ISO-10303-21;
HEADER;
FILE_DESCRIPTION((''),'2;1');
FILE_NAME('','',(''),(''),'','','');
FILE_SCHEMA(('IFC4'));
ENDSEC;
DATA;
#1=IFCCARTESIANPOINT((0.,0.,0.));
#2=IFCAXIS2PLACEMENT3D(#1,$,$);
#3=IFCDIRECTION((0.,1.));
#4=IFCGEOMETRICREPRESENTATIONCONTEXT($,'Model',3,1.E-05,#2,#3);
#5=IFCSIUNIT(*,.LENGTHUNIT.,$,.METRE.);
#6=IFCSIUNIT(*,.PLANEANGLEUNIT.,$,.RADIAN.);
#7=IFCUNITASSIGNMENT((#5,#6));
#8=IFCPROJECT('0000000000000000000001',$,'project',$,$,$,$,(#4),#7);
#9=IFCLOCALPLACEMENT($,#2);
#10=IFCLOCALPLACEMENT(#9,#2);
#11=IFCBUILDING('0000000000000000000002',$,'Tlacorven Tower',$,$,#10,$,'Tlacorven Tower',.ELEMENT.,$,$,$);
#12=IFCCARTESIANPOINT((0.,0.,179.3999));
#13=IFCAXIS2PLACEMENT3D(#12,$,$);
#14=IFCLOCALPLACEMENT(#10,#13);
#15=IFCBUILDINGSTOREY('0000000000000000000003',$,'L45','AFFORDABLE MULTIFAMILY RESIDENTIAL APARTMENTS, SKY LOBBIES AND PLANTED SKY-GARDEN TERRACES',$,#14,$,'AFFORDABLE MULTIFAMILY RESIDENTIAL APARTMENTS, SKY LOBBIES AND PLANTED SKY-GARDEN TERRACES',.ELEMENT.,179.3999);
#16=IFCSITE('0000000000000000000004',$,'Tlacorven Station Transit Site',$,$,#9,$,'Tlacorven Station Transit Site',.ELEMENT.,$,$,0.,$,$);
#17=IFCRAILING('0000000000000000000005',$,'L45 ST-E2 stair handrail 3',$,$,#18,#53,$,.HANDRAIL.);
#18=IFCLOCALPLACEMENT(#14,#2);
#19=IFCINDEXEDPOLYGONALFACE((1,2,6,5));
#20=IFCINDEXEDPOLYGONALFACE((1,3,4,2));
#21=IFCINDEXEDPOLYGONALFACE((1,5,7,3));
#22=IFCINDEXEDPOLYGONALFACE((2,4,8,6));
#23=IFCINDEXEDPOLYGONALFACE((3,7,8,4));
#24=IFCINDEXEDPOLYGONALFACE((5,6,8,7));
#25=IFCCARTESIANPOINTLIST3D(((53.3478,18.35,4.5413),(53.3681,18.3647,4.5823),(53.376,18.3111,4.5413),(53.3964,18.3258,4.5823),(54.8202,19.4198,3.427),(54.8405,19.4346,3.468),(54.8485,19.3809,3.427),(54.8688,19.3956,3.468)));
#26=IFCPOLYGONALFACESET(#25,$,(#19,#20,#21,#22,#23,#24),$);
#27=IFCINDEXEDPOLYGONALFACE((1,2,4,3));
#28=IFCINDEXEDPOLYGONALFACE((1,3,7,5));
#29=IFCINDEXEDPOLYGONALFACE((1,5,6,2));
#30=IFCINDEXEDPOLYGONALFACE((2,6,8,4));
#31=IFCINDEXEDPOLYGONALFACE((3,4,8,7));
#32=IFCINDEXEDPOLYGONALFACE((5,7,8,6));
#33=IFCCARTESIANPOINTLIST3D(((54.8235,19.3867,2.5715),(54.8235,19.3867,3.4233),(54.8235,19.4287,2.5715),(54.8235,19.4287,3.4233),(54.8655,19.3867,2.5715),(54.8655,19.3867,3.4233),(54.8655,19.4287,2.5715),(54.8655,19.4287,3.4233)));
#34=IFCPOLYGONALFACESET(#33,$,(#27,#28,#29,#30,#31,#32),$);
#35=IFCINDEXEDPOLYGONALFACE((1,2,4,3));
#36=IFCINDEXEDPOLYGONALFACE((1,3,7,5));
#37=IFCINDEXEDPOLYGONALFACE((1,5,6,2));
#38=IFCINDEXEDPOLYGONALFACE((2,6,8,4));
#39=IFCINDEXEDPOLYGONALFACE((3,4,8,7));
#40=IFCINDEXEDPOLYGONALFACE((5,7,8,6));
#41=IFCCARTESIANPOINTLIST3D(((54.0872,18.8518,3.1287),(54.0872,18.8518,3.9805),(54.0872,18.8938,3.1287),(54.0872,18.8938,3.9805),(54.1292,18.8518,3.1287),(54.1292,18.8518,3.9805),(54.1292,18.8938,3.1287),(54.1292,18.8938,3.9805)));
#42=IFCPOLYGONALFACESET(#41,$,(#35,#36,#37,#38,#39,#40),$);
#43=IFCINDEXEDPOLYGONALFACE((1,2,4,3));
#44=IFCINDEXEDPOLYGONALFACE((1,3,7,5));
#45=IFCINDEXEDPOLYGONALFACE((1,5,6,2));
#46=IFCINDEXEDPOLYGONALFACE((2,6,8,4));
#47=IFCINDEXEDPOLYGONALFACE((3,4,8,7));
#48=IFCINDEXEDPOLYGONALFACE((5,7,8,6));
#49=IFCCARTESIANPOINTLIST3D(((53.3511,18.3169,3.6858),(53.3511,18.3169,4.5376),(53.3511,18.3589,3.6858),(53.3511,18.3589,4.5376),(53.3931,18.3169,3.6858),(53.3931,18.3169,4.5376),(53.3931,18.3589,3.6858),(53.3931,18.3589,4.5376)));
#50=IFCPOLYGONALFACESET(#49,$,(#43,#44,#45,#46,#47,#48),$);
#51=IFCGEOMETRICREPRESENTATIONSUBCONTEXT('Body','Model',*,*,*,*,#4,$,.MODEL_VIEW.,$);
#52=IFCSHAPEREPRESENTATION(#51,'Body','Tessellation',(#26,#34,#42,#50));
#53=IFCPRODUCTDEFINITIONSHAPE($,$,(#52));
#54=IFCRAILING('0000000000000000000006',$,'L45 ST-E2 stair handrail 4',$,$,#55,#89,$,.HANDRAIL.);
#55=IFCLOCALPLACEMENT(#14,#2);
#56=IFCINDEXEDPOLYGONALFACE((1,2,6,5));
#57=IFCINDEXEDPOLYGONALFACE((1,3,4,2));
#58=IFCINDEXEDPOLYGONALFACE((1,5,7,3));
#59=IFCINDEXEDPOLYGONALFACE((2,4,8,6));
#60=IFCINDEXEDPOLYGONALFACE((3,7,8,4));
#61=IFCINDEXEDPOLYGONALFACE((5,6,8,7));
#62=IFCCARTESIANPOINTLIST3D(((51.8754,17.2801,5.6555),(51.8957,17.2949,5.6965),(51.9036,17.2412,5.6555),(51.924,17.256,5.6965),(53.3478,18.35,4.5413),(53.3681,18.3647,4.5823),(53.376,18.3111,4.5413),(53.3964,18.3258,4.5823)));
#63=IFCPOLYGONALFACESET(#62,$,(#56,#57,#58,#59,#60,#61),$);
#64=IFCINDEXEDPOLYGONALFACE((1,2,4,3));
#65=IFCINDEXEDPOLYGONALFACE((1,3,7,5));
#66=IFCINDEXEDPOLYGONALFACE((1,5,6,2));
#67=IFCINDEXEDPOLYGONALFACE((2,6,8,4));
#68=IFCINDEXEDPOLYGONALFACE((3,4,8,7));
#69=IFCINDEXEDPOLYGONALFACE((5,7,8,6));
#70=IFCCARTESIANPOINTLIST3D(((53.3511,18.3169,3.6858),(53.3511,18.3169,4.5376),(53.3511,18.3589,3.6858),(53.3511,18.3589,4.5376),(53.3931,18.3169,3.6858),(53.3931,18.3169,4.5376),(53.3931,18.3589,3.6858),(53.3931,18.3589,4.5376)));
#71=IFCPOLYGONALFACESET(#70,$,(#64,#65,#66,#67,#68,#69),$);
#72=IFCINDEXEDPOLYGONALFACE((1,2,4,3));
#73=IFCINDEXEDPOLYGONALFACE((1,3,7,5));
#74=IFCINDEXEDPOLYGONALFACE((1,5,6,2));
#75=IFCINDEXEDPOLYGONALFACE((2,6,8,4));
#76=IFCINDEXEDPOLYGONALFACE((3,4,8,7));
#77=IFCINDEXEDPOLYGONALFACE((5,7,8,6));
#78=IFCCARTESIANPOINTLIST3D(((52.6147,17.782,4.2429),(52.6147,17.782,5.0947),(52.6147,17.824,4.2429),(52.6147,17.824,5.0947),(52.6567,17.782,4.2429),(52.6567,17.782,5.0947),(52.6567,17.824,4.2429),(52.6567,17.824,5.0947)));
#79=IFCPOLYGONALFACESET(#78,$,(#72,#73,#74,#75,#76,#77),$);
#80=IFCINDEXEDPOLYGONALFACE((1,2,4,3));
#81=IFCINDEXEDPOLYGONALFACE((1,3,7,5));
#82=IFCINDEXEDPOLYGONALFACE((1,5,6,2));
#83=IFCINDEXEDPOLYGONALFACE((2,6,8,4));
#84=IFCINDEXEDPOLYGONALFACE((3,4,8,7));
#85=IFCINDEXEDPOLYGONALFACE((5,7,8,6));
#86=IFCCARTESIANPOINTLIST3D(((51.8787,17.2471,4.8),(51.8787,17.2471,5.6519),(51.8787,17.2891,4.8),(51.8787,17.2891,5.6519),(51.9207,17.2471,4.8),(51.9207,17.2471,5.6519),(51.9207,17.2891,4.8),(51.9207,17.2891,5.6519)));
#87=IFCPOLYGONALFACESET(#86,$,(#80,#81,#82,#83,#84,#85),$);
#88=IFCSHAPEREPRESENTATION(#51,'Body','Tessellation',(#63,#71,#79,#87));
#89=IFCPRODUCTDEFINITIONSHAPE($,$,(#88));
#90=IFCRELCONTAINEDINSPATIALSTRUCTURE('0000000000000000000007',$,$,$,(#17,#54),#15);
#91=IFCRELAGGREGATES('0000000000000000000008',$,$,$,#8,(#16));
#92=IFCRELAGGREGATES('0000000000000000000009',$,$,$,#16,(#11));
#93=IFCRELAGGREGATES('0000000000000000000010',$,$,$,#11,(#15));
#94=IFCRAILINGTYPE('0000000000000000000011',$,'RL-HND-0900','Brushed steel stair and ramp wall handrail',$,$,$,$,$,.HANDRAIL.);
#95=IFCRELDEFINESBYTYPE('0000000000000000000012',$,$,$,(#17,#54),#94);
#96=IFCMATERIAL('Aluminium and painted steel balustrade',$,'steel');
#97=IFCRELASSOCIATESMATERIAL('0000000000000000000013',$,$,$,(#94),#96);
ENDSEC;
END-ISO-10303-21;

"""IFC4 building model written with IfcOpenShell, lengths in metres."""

from ifc_helpers import new_model, si_unit, direction, frame, origin, origin_2d, place, context, subcontext, project, spatial, rectangle, extrude, source, transform, mapped, material, type_object, element, save


model = new_model("IFC4")

# Units and contexts
model_context = context("Model", 3, precision=1e-05, world=origin(), true_north=direction((0.0, 1.0)))
body_context = subcontext(model_context, "Body", "Model", "MODEL_VIEW")
ifc_project = project(units=[si_unit("LENGTHUNIT", "METRE"), si_unit("PLANEANGLEUNIT", "RADIAN")], contexts=[model_context])

# Site, building, storey
site_placement = place(None, origin())
site = spatial("IfcSite", under=ifc_project, at=site_placement, Name="Tlacorven Station Transit Site", LongName="Tlacorven Station Transit Site", CompositionType="ELEMENT", RefElevation=0.0)
building_placement = place(site_placement, origin())
building = spatial("IfcBuilding", under=site, at=building_placement, Name="Tlacorven Tower", LongName="Tlacorven Tower", CompositionType="ELEMENT")
storey_placement = place(building_placement, frame((0.0, 0.0, 179.3999)))
storey = spatial("IfcBuildingStorey", under=building, at=storey_placement, Name="L45", Description="AFFORDABLE MULTIFAMILY RESIDENTIAL APARTMENTS, SKY LOBBIES AND PLANTED SKY-GARDEN TERRACES", LongName="AFFORDABLE MULTIFAMILY RESIDENTIAL APARTMENTS, SKY LOBBIES AND PLANTED SKY-GARDEN TERRACES", CompositionType="ELEMENT", Elevation=179.3999)

# Railings
ifc_material_1 = material(Name="Aluminium and painted steel balustrade", Category="steel")
railing_type_1 = type_object("IfcRailingType", Name="RL-HND-0900", Description="Brushed steel stair and ramp wall handrail", PredefinedType="HANDRAIL", material=ifc_material_1)
shared_shape_1 = source(origin(), body_context, "Body", "SweptSolid", [
    extrude(rectangle(XDim=0.0481, YDim=0.0481, at=origin_2d()), frame((0.0, 0.0, 0.876), z_axis=(-0.689967, -0.501316, 0.522137), x_axis=(0.587805, -0.809003, 0.0)), (0.0, 0.0, 1.0), 2.134),
    extrude(rectangle(XDim=0.042, YDim=0.042, at=origin_2d()), origin(), (0.0, 0.0, 1.0), 0.8518),
    extrude(rectangle(XDim=0.042, YDim=0.042, at=origin_2d()), frame((-0.7363, -0.5349, 0.5571)), (0.0, 0.0, 1.0), 0.8518),
    extrude(rectangle(XDim=0.042, YDim=0.042, at=origin_2d()), frame((-1.4724, -1.0698, 1.1143)), (0.0, 0.0, 1.0), 0.8518),
])
for number, where, name in (
    (1, (54.8445, 19.4077, 2.5715), "L45 ST-E2 stair handrail 3"),
    (2, (53.3721, 18.3379, 3.6858), "L45 ST-E2 stair handrail 4"),
):
    element("IfcRailing", number, at=place(storey_placement, frame(where)), inside=storey, type_object=railing_type_1, Name=name, PredefinedType="HANDRAIL", context=body_context, shape_type="MappedRepresentation", body=[
        mapped(shared_shape_1, transform((0.0, 0.0, 0.0), scale=1.0)),
    ])

save(model, "model.ifc")
